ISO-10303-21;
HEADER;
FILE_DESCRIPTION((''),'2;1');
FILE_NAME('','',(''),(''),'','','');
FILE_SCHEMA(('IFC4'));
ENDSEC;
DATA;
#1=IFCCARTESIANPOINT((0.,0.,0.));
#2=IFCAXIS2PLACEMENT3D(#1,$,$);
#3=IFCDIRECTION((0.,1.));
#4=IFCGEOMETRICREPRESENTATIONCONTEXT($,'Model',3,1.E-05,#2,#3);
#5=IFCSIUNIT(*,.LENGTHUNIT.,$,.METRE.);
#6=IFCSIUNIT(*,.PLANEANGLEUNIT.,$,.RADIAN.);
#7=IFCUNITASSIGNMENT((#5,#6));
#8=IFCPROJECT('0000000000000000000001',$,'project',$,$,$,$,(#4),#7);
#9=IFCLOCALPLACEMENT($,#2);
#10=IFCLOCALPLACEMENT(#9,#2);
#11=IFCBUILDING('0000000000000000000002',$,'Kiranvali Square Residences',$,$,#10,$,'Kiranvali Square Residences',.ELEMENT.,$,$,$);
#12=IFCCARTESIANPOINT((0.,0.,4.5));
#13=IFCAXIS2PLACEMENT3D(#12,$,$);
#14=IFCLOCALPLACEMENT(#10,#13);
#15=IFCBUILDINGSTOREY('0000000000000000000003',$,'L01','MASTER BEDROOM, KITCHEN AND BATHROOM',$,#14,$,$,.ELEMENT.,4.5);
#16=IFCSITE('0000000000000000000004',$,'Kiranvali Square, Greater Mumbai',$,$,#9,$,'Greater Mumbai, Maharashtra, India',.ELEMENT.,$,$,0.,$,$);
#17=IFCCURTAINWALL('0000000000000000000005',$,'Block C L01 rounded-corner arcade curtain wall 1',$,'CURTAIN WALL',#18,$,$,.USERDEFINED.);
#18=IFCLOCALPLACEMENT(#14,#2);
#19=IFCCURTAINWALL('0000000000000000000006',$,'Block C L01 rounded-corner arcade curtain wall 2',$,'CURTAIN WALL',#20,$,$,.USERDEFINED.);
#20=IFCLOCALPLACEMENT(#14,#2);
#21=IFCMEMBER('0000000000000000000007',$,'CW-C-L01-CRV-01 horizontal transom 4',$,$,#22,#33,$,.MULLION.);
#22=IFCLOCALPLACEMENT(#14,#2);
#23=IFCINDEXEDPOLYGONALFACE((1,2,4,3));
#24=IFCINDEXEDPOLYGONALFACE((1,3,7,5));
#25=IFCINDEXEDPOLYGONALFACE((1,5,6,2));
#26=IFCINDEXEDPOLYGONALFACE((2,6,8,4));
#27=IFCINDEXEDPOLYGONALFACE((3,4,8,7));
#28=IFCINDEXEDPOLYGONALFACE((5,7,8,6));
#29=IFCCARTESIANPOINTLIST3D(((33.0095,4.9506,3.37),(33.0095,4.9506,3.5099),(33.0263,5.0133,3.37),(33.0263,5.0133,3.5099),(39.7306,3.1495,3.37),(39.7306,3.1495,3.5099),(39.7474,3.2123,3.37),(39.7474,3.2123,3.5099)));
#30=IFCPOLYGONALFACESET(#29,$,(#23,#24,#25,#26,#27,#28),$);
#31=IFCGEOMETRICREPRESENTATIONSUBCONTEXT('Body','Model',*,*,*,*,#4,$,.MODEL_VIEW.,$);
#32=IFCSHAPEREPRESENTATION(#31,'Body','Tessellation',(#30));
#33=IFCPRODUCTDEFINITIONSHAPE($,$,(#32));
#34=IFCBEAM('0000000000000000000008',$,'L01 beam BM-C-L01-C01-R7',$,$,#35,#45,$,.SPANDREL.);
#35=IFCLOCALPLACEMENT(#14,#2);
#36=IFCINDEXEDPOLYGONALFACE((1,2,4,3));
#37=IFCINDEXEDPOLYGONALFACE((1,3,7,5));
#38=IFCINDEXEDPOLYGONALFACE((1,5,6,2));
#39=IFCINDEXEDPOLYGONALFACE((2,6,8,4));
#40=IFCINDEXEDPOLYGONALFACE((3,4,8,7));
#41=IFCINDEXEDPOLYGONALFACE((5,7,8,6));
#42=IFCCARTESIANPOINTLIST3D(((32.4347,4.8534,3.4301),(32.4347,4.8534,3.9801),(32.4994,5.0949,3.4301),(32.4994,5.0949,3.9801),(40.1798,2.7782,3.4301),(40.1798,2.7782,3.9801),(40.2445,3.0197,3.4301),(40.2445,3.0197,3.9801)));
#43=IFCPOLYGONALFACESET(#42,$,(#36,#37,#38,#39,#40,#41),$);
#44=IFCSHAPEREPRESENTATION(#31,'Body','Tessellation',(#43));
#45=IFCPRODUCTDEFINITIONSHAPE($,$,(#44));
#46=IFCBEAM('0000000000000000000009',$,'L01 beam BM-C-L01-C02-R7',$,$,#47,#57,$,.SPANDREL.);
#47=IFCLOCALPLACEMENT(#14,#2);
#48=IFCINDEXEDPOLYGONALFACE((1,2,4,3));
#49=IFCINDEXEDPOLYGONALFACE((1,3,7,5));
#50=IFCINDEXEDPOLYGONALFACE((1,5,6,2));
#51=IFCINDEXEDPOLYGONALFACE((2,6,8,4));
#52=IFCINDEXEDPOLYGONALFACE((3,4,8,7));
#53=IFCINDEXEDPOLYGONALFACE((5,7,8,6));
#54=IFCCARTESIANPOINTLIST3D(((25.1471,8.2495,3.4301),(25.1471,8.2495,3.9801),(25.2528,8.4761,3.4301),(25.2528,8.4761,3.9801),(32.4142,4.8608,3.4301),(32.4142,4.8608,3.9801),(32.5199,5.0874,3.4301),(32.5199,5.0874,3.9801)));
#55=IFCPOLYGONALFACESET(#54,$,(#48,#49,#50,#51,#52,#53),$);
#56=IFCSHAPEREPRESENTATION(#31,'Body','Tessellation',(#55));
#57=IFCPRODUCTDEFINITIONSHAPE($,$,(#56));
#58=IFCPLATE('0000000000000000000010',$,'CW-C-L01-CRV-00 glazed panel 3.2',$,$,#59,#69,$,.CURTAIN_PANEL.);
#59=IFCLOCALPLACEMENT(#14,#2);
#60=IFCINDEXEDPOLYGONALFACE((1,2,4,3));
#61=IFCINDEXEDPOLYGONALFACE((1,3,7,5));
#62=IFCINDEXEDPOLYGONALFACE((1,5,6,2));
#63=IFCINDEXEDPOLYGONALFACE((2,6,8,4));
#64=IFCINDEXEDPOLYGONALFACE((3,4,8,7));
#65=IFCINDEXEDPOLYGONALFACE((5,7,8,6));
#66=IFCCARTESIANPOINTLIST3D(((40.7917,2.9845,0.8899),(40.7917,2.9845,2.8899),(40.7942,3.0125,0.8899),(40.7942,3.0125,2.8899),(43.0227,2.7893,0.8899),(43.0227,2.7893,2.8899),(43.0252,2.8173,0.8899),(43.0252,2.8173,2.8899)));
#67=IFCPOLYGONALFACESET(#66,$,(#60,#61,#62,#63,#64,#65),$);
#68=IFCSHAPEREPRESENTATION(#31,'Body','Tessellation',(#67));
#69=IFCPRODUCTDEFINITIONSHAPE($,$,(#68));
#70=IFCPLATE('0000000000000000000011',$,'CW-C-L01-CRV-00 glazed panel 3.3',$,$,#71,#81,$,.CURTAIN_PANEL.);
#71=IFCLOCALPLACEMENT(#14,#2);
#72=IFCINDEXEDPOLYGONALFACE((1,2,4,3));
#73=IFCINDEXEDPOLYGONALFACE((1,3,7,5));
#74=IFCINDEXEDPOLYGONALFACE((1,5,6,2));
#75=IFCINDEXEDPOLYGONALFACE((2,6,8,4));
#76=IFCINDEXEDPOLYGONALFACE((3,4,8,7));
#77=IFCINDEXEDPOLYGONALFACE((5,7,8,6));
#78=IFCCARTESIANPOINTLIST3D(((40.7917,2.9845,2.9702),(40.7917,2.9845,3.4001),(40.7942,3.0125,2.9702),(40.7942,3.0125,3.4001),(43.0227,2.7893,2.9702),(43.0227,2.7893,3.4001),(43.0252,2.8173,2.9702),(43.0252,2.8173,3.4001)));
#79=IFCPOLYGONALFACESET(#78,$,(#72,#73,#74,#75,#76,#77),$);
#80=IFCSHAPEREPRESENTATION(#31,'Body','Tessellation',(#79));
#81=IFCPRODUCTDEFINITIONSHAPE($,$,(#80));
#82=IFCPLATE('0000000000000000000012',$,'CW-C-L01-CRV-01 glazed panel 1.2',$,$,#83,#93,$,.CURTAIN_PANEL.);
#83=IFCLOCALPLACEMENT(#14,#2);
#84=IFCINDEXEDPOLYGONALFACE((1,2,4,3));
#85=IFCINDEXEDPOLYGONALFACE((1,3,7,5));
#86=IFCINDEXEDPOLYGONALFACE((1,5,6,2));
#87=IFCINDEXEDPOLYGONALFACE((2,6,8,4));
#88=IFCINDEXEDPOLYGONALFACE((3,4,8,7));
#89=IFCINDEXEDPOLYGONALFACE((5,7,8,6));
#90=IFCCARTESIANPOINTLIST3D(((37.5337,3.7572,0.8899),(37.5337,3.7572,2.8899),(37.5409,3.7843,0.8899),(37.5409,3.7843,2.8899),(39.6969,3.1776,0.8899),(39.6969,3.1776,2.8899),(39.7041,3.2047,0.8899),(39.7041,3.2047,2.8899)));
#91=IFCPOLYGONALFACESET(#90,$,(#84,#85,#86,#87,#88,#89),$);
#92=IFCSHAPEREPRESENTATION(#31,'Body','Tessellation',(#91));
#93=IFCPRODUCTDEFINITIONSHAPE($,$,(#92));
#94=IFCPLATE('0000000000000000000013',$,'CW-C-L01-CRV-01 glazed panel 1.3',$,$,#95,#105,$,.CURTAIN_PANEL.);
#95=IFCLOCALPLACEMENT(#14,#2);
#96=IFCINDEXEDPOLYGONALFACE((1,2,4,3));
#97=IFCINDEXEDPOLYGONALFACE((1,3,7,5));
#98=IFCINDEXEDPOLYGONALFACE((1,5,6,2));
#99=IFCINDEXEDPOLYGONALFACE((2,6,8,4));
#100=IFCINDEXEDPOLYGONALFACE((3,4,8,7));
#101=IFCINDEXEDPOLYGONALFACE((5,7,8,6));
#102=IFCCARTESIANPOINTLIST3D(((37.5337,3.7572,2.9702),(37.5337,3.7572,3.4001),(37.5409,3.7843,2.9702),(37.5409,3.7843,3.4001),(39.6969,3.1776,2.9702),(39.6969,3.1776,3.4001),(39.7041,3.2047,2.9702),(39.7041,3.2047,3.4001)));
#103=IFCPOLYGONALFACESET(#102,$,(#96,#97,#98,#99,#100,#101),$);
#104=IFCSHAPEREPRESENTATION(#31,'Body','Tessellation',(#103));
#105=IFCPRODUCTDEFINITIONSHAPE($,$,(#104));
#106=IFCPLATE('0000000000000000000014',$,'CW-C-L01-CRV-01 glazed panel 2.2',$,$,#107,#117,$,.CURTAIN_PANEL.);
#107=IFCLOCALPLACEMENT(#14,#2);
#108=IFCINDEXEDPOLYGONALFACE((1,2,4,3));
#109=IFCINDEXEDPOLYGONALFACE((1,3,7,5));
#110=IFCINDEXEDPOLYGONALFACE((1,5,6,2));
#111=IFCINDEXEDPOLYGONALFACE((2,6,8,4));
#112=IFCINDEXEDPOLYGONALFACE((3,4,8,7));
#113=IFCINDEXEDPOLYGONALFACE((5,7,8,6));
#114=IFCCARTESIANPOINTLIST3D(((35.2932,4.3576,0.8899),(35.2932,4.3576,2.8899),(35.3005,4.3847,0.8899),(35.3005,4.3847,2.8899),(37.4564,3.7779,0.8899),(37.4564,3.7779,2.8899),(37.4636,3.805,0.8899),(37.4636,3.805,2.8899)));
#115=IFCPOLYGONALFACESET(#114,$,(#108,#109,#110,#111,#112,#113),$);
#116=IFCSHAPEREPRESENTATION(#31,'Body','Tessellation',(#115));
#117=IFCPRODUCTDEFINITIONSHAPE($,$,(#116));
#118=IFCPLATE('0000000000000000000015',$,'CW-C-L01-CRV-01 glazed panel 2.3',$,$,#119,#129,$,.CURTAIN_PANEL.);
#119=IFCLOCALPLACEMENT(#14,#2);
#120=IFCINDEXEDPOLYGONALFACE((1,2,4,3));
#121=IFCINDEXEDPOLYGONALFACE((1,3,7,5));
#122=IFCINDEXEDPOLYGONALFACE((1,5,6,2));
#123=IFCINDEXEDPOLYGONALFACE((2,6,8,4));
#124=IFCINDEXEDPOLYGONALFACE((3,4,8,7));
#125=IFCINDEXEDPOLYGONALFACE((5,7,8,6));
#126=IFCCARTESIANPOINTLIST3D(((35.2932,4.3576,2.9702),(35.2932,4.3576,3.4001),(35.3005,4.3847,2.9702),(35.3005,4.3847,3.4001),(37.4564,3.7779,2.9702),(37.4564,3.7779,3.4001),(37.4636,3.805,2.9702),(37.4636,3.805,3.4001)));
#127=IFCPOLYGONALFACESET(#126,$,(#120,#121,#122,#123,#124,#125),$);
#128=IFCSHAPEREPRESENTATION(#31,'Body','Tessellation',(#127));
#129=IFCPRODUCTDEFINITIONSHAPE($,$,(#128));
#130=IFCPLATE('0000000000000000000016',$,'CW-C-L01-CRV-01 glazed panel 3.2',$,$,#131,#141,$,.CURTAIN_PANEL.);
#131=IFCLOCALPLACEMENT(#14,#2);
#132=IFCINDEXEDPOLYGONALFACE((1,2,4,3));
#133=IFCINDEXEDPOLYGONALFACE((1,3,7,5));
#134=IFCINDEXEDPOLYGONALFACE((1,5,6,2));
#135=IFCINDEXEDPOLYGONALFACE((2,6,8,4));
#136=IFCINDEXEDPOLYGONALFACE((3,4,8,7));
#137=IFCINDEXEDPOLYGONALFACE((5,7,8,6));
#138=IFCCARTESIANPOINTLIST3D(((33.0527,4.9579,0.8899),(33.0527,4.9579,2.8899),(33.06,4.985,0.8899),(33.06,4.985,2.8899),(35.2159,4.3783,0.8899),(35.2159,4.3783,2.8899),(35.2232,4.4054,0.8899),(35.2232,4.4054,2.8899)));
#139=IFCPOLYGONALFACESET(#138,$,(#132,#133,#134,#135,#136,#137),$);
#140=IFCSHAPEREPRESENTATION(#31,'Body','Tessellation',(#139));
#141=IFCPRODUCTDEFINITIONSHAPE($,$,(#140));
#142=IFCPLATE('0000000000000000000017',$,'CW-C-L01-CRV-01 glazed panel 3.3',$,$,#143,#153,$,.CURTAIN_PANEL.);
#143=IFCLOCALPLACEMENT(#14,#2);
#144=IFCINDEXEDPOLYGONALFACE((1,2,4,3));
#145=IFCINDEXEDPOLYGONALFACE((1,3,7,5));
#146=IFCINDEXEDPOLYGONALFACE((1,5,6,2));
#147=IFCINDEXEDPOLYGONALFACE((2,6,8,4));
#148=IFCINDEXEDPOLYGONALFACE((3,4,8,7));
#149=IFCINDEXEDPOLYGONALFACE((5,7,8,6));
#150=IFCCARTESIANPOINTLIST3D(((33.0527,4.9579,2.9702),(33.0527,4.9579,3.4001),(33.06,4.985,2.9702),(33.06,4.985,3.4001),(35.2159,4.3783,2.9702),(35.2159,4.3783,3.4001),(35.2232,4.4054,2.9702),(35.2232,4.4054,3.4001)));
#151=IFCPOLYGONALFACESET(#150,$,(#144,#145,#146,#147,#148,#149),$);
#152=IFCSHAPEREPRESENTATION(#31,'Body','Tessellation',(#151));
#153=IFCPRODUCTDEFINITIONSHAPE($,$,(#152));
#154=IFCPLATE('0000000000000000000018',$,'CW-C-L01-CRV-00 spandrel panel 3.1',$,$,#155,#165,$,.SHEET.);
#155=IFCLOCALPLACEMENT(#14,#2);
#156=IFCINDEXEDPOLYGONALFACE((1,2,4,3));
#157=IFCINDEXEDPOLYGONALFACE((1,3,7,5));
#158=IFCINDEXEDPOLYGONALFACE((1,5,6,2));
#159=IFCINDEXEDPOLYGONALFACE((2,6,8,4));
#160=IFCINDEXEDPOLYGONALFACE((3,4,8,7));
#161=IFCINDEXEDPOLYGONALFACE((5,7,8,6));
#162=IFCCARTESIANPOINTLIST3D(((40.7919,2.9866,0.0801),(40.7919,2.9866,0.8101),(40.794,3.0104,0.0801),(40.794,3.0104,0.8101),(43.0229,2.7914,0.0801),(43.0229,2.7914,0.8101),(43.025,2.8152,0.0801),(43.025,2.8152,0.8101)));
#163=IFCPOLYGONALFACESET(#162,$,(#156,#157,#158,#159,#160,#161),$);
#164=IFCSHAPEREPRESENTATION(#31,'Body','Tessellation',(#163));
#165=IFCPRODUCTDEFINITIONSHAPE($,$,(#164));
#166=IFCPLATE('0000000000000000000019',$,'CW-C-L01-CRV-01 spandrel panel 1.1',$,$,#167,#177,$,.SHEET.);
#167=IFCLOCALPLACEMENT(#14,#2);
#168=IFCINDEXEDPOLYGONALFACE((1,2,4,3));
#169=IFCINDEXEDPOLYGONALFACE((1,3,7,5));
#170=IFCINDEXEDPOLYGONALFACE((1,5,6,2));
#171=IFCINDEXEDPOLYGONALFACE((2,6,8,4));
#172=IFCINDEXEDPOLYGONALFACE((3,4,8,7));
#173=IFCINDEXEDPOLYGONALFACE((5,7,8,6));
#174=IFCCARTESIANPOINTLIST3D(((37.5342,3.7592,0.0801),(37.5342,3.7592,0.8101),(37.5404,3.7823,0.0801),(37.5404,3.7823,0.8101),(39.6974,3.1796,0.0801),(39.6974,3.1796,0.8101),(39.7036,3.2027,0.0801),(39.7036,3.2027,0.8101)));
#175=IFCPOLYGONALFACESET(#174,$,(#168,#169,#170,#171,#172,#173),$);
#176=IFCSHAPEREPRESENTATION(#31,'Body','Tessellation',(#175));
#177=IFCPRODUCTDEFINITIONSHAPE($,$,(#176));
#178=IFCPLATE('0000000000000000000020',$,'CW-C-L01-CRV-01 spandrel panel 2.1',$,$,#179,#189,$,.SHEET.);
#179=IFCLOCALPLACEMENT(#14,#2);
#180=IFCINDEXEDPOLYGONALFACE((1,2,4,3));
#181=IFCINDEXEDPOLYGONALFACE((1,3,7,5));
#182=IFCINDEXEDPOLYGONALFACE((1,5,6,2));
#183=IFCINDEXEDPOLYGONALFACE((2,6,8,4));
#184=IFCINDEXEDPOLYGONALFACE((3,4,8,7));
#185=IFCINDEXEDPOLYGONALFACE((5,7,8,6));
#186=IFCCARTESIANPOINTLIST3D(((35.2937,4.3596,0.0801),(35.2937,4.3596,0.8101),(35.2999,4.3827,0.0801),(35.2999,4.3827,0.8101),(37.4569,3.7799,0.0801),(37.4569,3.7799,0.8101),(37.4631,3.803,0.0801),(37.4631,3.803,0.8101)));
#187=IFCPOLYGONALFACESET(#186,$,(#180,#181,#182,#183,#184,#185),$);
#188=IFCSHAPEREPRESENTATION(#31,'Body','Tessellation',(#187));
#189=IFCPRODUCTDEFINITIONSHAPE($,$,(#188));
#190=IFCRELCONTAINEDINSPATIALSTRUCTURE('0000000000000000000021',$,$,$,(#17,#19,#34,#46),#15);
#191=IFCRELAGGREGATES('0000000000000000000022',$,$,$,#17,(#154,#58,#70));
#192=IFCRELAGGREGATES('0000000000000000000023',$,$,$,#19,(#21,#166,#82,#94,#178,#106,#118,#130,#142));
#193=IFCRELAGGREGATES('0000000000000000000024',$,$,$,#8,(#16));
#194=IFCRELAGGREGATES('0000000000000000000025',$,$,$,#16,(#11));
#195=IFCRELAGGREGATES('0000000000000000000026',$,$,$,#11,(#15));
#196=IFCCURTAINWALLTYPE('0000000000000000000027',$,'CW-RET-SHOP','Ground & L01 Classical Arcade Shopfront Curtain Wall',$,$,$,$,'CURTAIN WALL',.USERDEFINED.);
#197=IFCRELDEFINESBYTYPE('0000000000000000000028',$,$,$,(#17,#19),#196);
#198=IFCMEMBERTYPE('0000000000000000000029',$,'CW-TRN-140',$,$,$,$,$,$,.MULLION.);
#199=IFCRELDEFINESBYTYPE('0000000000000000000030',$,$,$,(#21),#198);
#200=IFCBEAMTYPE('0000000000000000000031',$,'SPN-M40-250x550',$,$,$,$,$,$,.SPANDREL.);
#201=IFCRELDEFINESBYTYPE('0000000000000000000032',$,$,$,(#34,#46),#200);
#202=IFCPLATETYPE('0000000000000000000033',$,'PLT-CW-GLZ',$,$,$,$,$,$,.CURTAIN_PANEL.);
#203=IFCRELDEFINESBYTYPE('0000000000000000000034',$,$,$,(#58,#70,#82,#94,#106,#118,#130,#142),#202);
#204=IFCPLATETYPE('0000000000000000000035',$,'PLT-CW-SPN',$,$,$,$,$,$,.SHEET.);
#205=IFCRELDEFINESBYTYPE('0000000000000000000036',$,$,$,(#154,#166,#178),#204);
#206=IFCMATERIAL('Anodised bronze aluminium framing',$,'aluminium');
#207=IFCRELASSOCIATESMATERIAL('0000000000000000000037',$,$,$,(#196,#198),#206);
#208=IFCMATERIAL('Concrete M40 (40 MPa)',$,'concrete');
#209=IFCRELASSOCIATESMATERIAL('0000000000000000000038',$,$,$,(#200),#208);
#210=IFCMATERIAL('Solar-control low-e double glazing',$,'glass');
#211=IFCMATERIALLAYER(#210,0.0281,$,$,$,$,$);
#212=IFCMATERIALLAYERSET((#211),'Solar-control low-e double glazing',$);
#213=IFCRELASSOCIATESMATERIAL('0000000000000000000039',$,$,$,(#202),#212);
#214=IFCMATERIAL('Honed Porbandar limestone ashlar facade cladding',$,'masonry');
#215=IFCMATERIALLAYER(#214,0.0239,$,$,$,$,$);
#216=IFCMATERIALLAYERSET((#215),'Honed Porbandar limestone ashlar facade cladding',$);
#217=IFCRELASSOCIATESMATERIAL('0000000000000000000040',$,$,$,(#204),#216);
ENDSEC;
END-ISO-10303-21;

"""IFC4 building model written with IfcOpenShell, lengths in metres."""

from ifc_helpers import new_model, si_unit, direction, frame, origin, origin_2d, place, context, subcontext, project, spatial, rectangle, extrude, material, layer, layer_set, material_profile, profile_set, type_object, element, aggregate, save


model = new_model("IFC4")

# Units and contexts
model_context = context("Model", 3, precision=1e-05, world=origin(), true_north=direction((0.0, 1.0)))
body_context = subcontext(model_context, "Body", "Model", "MODEL_VIEW")
ifc_project = project(units=[si_unit("LENGTHUNIT", "METRE"), si_unit("PLANEANGLEUNIT", "RADIAN")], contexts=[model_context])

# Site, building, storey
site_placement = place(None, origin())
site = spatial("IfcSite", under=ifc_project, at=site_placement, Name="Kiranvali Square, Greater Mumbai", LongName="Greater Mumbai, Maharashtra, India", CompositionType="ELEMENT", RefElevation=0.0)
building_placement = place(site_placement, origin())
building = spatial("IfcBuilding", under=site, at=building_placement, Name="Kiranvali Square Residences", LongName="Kiranvali Square Residences", CompositionType="ELEMENT")
storey_placement = place(building_placement, frame((0.0, 0.0, 4.5)))
storey = spatial("IfcBuildingStorey", under=building, at=storey_placement, Name="L01", Description="MASTER BEDROOM, KITCHEN AND BATHROOM", CompositionType="ELEMENT", Elevation=4.5)

# Shared definitions
ifc_material_1 = material(Name="Concrete M40 (40 MPa)", Category="concrete")

# Curtain walls
ifc_material_2 = material(Name="Anodised bronze aluminium framing", Category="aluminium")
curtain_wall_type = type_object("IfcCurtainWallType", Name="CW-RET-SHOP", Description="Ground & L01 Classical Arcade Shopfront Curtain Wall", ElementType="CURTAIN WALL", PredefinedType="USERDEFINED", material=ifc_material_2)
curtain_wall_1_placement = place(storey_placement, origin())
curtain_wall_1 = element("IfcCurtainWall", 1, at=curtain_wall_1_placement, inside=storey, type_object=curtain_wall_type, Name="Block C L01 rounded-corner arcade curtain wall 1", ObjectType="CURTAIN WALL", PredefinedType="USERDEFINED")
curtain_wall_2_placement = place(storey_placement, origin())
curtain_wall_2 = element("IfcCurtainWall", 2, at=curtain_wall_2_placement, inside=storey, type_object=curtain_wall_type, Name="Block C L01 rounded-corner arcade curtain wall 2", ObjectType="CURTAIN WALL", PredefinedType="USERDEFINED")

# Member
ifc_material_profile_1 = material_profile(ifc_material_2, rectangle(XDim=0.0649, YDim=0.1399, at=origin_2d()), Name="ALU 65x140")
ifc_profile_set_1 = profile_set([ifc_material_profile_1], Name="Anodised bronze aluminium framing")
member_type_1 = type_object("IfcMemberType", Name="CW-TRN-140", PredefinedType="MULLION", material=ifc_profile_set_1)
member_1_placement = place(storey_placement, frame((39.739, 3.1809, 3.4399), z_axis=(-0.965923, 0.258831, 0.0), x_axis=(-0.258831, -0.965923, 0.0)))
member_1 = element("IfcMember", 3, at=member_1_placement, type_object=member_type_1, Name="CW-C-L01-CRV-01 horizontal transom 4", PredefinedType="MULLION", context=body_context, shape_type="SweptSolid", body=[
    extrude(rectangle(XDim=0.0649, YDim=0.1399, at=origin_2d()), origin(), (0.0, 0.0, 1.0), 6.9583),
])

# Beams
ifc_material_profile_2 = material_profile(ifc_material_1, rectangle(XDim=0.25, YDim=0.55, at=origin_2d()), Name="RC 250x550")
ifc_profile_set_2 = profile_set([ifc_material_profile_2], Name="Concrete M40 (40 MPa)")
beam_type_1 = type_object("IfcBeamType", Name="SPN-M40-250x550", PredefinedType="SPANDREL", material=ifc_profile_set_2)
for number, where, z_axis, x_axis, name in (
    (4, (40.2122, 2.8989, 3.7051), (-0.965929, 0.258807, 0.0), (-0.258807, -0.965929, 0.0), "L01 beam BM-C-L01-C01-R7"),
    (5, (32.467, 4.9741, 3.7051), (-0.906309, 0.422615, 0.0), (-0.422615, -0.906309, 0.0), "L01 beam BM-C-L01-C02-R7"),
):
    element("IfcBeam", number, at=place(storey_placement, frame(where, z_axis=z_axis, x_axis=x_axis)), inside=storey, type_object=beam_type_1, Name=name, PredefinedType="SPANDREL", context=body_context, shape_type="SweptSolid", body=[
        extrude(rectangle(XDim=0.25, YDim=0.55, at=origin_2d()), origin(), (0.0, 0.0, 1.0), 8.0183),
    ])

# Plates
ifc_material_3 = material(Name="Solar-control low-e double glazing", Category="glass")
ifc_layer_1 = layer(ifc_material_3, 0.0281)
ifc_layer_set_1 = layer_set([ifc_layer_1], Name="Solar-control low-e double glazing")
plate_type_1 = type_object("IfcPlateType", Name="PLT-CW-GLZ", PredefinedType="CURTAIN_PANEL", material=ifc_layer_set_1)
plate_1_placement = place(storey_placement, frame((41.9084, 2.9009, 0.8899), z_axis=(0.0, 0.0, 1.0), x_axis=(-0.996195, 0.087156, 0.0)))
plate_1 = element("IfcPlate", 6, at=plate_1_placement, type_object=plate_type_1, Name="CW-C-L01-CRV-00 glazed panel 3.2", PredefinedType="CURTAIN_PANEL", context=body_context, shape_type="SweptSolid", body=[
    extrude(rectangle(XDim=2.2395, YDim=0.0281, at=origin_2d()), origin(), (0.0, 0.0, 1.0), 2.0),
])
plate_2_placement = place(storey_placement, frame((41.9084, 2.9009, 2.9702), z_axis=(0.0, 0.0, 1.0), x_axis=(-0.996195, 0.087156, 0.0)))
plate_2 = element("IfcPlate", 7, at=plate_2_placement, type_object=plate_type_1, Name="CW-C-L01-CRV-00 glazed panel 3.3", PredefinedType="CURTAIN_PANEL", context=body_context, shape_type="SweptSolid", body=[
    extrude(rectangle(XDim=2.2395, YDim=0.0281, at=origin_2d()), origin(), (0.0, 0.0, 1.0), 0.4299),
])
plate_3_placement = place(storey_placement, frame((38.6189, 3.481, 0.8899), z_axis=(0.0, 0.0, 1.0), x_axis=(-0.965926, 0.258819, 0.0)))
plate_3 = element("IfcPlate", 8, at=plate_3_placement, type_object=plate_type_1, Name="CW-C-L01-CRV-01 glazed panel 1.2", PredefinedType="CURTAIN_PANEL", context=body_context, shape_type="SweptSolid", body=[
    extrude(rectangle(XDim=2.2395, YDim=0.0281, at=origin_2d()), origin(), (0.0, 0.0, 1.0), 2.0),
])
plate_4_placement = place(storey_placement, frame((38.6189, 3.481, 2.9702), z_axis=(0.0, 0.0, 1.0), x_axis=(-0.965926, 0.258819, 0.0)))
plate_4 = element("IfcPlate", 9, at=plate_4_placement, type_object=plate_type_1, Name="CW-C-L01-CRV-01 glazed panel 1.3", PredefinedType="CURTAIN_PANEL", context=body_context, shape_type="SweptSolid", body=[
    extrude(rectangle(XDim=2.2395, YDim=0.0281, at=origin_2d()), origin(), (0.0, 0.0, 1.0), 0.4299),
])
plate_5_placement = place(storey_placement, frame((36.3784, 4.0813, 0.8899), z_axis=(0.0, 0.0, 1.0), x_axis=(-0.965926, 0.258819, 0.0)))
plate_5 = element("IfcPlate", 10, at=plate_5_placement, type_object=plate_type_1, Name="CW-C-L01-CRV-01 glazed panel 2.2", PredefinedType="CURTAIN_PANEL", context=body_context, shape_type="SweptSolid", body=[
    extrude(rectangle(XDim=2.2395, YDim=0.0281, at=origin_2d()), origin(), (0.0, 0.0, 1.0), 2.0),
])
plate_6_placement = place(storey_placement, frame((36.3784, 4.0813, 2.9702), z_axis=(0.0, 0.0, 1.0), x_axis=(-0.965926, 0.258819, 0.0)))
plate_6 = element("IfcPlate", 11, at=plate_6_placement, type_object=plate_type_1, Name="CW-C-L01-CRV-01 glazed panel 2.3", PredefinedType="CURTAIN_PANEL", context=body_context, shape_type="SweptSolid", body=[
    extrude(rectangle(XDim=2.2395, YDim=0.0281, at=origin_2d()), origin(), (0.0, 0.0, 1.0), 0.4299),
])
plate_7_placement = place(storey_placement, frame((34.1379, 4.6816, 0.8899), z_axis=(0.0, 0.0, 1.0), x_axis=(-0.965926, 0.258819, 0.0)))
plate_7 = element("IfcPlate", 12, at=plate_7_placement, type_object=plate_type_1, Name="CW-C-L01-CRV-01 glazed panel 3.2", PredefinedType="CURTAIN_PANEL", context=body_context, shape_type="SweptSolid", body=[
    extrude(rectangle(XDim=2.2395, YDim=0.0281, at=origin_2d()), origin(), (0.0, 0.0, 1.0), 2.0),
])
plate_8_placement = place(storey_placement, frame((34.1379, 4.6816, 2.9702), z_axis=(0.0, 0.0, 1.0), x_axis=(-0.965926, 0.258819, 0.0)))
plate_8 = element("IfcPlate", 13, at=plate_8_placement, type_object=plate_type_1, Name="CW-C-L01-CRV-01 glazed panel 3.3", PredefinedType="CURTAIN_PANEL", context=body_context, shape_type="SweptSolid", body=[
    extrude(rectangle(XDim=2.2395, YDim=0.0281, at=origin_2d()), origin(), (0.0, 0.0, 1.0), 0.4299),
])
ifc_material_4 = material(Name="Honed Porbandar limestone ashlar facade cladding", Category="masonry")
ifc_layer_2 = layer(ifc_material_4, 0.0239)
ifc_layer_set_2 = layer_set([ifc_layer_2], Name="Honed Porbandar limestone ashlar facade cladding")
plate_type_2 = type_object("IfcPlateType", Name="PLT-CW-SPN", PredefinedType="SHEET", material=ifc_layer_set_2)
plate_9_placement = place(storey_placement, frame((41.9084, 2.9009, 0.0801), z_axis=(0.0, 0.0, 1.0), x_axis=(-0.996195, 0.087156, 0.0)))
plate_9 = element("IfcPlate", 14, at=plate_9_placement, type_object=plate_type_2, Name="CW-C-L01-CRV-00 spandrel panel 3.1", PredefinedType="SHEET", context=body_context, shape_type="SweptSolid", body=[
    extrude(rectangle(XDim=2.2395, YDim=0.0239, at=origin_2d()), origin(), (0.0, 0.0, 1.0), 0.73),
])
aggregate(curtain_wall_1, [plate_9, plate_1, plate_2])
plate_10_placement = place(storey_placement, frame((38.6189, 3.481, 0.0801), z_axis=(0.0, 0.0, 1.0), x_axis=(-0.965926, 0.258819, 0.0)))
plate_10 = element("IfcPlate", 15, at=plate_10_placement, type_object=plate_type_2, Name="CW-C-L01-CRV-01 spandrel panel 1.1", PredefinedType="SHEET", context=body_context, shape_type="SweptSolid", body=[
    extrude(rectangle(XDim=2.2395, YDim=0.0239, at=origin_2d()), origin(), (0.0, 0.0, 1.0), 0.73),
])
plate_11_placement = place(storey_placement, frame((36.3784, 4.0813, 0.0801), z_axis=(0.0, 0.0, 1.0), x_axis=(-0.965926, 0.258819, 0.0)))
plate_11 = element("IfcPlate", 16, at=plate_11_placement, type_object=plate_type_2, Name="CW-C-L01-CRV-01 spandrel panel 2.1", PredefinedType="SHEET", context=body_context, shape_type="SweptSolid", body=[
    extrude(rectangle(XDim=2.2395, YDim=0.0239, at=origin_2d()), origin(), (0.0, 0.0, 1.0), 0.73),
])
aggregate(curtain_wall_2, [member_1, plate_10, plate_3, plate_4, plate_11, plate_5, plate_6, plate_7, plate_8])

save(model, "model.ifc")
